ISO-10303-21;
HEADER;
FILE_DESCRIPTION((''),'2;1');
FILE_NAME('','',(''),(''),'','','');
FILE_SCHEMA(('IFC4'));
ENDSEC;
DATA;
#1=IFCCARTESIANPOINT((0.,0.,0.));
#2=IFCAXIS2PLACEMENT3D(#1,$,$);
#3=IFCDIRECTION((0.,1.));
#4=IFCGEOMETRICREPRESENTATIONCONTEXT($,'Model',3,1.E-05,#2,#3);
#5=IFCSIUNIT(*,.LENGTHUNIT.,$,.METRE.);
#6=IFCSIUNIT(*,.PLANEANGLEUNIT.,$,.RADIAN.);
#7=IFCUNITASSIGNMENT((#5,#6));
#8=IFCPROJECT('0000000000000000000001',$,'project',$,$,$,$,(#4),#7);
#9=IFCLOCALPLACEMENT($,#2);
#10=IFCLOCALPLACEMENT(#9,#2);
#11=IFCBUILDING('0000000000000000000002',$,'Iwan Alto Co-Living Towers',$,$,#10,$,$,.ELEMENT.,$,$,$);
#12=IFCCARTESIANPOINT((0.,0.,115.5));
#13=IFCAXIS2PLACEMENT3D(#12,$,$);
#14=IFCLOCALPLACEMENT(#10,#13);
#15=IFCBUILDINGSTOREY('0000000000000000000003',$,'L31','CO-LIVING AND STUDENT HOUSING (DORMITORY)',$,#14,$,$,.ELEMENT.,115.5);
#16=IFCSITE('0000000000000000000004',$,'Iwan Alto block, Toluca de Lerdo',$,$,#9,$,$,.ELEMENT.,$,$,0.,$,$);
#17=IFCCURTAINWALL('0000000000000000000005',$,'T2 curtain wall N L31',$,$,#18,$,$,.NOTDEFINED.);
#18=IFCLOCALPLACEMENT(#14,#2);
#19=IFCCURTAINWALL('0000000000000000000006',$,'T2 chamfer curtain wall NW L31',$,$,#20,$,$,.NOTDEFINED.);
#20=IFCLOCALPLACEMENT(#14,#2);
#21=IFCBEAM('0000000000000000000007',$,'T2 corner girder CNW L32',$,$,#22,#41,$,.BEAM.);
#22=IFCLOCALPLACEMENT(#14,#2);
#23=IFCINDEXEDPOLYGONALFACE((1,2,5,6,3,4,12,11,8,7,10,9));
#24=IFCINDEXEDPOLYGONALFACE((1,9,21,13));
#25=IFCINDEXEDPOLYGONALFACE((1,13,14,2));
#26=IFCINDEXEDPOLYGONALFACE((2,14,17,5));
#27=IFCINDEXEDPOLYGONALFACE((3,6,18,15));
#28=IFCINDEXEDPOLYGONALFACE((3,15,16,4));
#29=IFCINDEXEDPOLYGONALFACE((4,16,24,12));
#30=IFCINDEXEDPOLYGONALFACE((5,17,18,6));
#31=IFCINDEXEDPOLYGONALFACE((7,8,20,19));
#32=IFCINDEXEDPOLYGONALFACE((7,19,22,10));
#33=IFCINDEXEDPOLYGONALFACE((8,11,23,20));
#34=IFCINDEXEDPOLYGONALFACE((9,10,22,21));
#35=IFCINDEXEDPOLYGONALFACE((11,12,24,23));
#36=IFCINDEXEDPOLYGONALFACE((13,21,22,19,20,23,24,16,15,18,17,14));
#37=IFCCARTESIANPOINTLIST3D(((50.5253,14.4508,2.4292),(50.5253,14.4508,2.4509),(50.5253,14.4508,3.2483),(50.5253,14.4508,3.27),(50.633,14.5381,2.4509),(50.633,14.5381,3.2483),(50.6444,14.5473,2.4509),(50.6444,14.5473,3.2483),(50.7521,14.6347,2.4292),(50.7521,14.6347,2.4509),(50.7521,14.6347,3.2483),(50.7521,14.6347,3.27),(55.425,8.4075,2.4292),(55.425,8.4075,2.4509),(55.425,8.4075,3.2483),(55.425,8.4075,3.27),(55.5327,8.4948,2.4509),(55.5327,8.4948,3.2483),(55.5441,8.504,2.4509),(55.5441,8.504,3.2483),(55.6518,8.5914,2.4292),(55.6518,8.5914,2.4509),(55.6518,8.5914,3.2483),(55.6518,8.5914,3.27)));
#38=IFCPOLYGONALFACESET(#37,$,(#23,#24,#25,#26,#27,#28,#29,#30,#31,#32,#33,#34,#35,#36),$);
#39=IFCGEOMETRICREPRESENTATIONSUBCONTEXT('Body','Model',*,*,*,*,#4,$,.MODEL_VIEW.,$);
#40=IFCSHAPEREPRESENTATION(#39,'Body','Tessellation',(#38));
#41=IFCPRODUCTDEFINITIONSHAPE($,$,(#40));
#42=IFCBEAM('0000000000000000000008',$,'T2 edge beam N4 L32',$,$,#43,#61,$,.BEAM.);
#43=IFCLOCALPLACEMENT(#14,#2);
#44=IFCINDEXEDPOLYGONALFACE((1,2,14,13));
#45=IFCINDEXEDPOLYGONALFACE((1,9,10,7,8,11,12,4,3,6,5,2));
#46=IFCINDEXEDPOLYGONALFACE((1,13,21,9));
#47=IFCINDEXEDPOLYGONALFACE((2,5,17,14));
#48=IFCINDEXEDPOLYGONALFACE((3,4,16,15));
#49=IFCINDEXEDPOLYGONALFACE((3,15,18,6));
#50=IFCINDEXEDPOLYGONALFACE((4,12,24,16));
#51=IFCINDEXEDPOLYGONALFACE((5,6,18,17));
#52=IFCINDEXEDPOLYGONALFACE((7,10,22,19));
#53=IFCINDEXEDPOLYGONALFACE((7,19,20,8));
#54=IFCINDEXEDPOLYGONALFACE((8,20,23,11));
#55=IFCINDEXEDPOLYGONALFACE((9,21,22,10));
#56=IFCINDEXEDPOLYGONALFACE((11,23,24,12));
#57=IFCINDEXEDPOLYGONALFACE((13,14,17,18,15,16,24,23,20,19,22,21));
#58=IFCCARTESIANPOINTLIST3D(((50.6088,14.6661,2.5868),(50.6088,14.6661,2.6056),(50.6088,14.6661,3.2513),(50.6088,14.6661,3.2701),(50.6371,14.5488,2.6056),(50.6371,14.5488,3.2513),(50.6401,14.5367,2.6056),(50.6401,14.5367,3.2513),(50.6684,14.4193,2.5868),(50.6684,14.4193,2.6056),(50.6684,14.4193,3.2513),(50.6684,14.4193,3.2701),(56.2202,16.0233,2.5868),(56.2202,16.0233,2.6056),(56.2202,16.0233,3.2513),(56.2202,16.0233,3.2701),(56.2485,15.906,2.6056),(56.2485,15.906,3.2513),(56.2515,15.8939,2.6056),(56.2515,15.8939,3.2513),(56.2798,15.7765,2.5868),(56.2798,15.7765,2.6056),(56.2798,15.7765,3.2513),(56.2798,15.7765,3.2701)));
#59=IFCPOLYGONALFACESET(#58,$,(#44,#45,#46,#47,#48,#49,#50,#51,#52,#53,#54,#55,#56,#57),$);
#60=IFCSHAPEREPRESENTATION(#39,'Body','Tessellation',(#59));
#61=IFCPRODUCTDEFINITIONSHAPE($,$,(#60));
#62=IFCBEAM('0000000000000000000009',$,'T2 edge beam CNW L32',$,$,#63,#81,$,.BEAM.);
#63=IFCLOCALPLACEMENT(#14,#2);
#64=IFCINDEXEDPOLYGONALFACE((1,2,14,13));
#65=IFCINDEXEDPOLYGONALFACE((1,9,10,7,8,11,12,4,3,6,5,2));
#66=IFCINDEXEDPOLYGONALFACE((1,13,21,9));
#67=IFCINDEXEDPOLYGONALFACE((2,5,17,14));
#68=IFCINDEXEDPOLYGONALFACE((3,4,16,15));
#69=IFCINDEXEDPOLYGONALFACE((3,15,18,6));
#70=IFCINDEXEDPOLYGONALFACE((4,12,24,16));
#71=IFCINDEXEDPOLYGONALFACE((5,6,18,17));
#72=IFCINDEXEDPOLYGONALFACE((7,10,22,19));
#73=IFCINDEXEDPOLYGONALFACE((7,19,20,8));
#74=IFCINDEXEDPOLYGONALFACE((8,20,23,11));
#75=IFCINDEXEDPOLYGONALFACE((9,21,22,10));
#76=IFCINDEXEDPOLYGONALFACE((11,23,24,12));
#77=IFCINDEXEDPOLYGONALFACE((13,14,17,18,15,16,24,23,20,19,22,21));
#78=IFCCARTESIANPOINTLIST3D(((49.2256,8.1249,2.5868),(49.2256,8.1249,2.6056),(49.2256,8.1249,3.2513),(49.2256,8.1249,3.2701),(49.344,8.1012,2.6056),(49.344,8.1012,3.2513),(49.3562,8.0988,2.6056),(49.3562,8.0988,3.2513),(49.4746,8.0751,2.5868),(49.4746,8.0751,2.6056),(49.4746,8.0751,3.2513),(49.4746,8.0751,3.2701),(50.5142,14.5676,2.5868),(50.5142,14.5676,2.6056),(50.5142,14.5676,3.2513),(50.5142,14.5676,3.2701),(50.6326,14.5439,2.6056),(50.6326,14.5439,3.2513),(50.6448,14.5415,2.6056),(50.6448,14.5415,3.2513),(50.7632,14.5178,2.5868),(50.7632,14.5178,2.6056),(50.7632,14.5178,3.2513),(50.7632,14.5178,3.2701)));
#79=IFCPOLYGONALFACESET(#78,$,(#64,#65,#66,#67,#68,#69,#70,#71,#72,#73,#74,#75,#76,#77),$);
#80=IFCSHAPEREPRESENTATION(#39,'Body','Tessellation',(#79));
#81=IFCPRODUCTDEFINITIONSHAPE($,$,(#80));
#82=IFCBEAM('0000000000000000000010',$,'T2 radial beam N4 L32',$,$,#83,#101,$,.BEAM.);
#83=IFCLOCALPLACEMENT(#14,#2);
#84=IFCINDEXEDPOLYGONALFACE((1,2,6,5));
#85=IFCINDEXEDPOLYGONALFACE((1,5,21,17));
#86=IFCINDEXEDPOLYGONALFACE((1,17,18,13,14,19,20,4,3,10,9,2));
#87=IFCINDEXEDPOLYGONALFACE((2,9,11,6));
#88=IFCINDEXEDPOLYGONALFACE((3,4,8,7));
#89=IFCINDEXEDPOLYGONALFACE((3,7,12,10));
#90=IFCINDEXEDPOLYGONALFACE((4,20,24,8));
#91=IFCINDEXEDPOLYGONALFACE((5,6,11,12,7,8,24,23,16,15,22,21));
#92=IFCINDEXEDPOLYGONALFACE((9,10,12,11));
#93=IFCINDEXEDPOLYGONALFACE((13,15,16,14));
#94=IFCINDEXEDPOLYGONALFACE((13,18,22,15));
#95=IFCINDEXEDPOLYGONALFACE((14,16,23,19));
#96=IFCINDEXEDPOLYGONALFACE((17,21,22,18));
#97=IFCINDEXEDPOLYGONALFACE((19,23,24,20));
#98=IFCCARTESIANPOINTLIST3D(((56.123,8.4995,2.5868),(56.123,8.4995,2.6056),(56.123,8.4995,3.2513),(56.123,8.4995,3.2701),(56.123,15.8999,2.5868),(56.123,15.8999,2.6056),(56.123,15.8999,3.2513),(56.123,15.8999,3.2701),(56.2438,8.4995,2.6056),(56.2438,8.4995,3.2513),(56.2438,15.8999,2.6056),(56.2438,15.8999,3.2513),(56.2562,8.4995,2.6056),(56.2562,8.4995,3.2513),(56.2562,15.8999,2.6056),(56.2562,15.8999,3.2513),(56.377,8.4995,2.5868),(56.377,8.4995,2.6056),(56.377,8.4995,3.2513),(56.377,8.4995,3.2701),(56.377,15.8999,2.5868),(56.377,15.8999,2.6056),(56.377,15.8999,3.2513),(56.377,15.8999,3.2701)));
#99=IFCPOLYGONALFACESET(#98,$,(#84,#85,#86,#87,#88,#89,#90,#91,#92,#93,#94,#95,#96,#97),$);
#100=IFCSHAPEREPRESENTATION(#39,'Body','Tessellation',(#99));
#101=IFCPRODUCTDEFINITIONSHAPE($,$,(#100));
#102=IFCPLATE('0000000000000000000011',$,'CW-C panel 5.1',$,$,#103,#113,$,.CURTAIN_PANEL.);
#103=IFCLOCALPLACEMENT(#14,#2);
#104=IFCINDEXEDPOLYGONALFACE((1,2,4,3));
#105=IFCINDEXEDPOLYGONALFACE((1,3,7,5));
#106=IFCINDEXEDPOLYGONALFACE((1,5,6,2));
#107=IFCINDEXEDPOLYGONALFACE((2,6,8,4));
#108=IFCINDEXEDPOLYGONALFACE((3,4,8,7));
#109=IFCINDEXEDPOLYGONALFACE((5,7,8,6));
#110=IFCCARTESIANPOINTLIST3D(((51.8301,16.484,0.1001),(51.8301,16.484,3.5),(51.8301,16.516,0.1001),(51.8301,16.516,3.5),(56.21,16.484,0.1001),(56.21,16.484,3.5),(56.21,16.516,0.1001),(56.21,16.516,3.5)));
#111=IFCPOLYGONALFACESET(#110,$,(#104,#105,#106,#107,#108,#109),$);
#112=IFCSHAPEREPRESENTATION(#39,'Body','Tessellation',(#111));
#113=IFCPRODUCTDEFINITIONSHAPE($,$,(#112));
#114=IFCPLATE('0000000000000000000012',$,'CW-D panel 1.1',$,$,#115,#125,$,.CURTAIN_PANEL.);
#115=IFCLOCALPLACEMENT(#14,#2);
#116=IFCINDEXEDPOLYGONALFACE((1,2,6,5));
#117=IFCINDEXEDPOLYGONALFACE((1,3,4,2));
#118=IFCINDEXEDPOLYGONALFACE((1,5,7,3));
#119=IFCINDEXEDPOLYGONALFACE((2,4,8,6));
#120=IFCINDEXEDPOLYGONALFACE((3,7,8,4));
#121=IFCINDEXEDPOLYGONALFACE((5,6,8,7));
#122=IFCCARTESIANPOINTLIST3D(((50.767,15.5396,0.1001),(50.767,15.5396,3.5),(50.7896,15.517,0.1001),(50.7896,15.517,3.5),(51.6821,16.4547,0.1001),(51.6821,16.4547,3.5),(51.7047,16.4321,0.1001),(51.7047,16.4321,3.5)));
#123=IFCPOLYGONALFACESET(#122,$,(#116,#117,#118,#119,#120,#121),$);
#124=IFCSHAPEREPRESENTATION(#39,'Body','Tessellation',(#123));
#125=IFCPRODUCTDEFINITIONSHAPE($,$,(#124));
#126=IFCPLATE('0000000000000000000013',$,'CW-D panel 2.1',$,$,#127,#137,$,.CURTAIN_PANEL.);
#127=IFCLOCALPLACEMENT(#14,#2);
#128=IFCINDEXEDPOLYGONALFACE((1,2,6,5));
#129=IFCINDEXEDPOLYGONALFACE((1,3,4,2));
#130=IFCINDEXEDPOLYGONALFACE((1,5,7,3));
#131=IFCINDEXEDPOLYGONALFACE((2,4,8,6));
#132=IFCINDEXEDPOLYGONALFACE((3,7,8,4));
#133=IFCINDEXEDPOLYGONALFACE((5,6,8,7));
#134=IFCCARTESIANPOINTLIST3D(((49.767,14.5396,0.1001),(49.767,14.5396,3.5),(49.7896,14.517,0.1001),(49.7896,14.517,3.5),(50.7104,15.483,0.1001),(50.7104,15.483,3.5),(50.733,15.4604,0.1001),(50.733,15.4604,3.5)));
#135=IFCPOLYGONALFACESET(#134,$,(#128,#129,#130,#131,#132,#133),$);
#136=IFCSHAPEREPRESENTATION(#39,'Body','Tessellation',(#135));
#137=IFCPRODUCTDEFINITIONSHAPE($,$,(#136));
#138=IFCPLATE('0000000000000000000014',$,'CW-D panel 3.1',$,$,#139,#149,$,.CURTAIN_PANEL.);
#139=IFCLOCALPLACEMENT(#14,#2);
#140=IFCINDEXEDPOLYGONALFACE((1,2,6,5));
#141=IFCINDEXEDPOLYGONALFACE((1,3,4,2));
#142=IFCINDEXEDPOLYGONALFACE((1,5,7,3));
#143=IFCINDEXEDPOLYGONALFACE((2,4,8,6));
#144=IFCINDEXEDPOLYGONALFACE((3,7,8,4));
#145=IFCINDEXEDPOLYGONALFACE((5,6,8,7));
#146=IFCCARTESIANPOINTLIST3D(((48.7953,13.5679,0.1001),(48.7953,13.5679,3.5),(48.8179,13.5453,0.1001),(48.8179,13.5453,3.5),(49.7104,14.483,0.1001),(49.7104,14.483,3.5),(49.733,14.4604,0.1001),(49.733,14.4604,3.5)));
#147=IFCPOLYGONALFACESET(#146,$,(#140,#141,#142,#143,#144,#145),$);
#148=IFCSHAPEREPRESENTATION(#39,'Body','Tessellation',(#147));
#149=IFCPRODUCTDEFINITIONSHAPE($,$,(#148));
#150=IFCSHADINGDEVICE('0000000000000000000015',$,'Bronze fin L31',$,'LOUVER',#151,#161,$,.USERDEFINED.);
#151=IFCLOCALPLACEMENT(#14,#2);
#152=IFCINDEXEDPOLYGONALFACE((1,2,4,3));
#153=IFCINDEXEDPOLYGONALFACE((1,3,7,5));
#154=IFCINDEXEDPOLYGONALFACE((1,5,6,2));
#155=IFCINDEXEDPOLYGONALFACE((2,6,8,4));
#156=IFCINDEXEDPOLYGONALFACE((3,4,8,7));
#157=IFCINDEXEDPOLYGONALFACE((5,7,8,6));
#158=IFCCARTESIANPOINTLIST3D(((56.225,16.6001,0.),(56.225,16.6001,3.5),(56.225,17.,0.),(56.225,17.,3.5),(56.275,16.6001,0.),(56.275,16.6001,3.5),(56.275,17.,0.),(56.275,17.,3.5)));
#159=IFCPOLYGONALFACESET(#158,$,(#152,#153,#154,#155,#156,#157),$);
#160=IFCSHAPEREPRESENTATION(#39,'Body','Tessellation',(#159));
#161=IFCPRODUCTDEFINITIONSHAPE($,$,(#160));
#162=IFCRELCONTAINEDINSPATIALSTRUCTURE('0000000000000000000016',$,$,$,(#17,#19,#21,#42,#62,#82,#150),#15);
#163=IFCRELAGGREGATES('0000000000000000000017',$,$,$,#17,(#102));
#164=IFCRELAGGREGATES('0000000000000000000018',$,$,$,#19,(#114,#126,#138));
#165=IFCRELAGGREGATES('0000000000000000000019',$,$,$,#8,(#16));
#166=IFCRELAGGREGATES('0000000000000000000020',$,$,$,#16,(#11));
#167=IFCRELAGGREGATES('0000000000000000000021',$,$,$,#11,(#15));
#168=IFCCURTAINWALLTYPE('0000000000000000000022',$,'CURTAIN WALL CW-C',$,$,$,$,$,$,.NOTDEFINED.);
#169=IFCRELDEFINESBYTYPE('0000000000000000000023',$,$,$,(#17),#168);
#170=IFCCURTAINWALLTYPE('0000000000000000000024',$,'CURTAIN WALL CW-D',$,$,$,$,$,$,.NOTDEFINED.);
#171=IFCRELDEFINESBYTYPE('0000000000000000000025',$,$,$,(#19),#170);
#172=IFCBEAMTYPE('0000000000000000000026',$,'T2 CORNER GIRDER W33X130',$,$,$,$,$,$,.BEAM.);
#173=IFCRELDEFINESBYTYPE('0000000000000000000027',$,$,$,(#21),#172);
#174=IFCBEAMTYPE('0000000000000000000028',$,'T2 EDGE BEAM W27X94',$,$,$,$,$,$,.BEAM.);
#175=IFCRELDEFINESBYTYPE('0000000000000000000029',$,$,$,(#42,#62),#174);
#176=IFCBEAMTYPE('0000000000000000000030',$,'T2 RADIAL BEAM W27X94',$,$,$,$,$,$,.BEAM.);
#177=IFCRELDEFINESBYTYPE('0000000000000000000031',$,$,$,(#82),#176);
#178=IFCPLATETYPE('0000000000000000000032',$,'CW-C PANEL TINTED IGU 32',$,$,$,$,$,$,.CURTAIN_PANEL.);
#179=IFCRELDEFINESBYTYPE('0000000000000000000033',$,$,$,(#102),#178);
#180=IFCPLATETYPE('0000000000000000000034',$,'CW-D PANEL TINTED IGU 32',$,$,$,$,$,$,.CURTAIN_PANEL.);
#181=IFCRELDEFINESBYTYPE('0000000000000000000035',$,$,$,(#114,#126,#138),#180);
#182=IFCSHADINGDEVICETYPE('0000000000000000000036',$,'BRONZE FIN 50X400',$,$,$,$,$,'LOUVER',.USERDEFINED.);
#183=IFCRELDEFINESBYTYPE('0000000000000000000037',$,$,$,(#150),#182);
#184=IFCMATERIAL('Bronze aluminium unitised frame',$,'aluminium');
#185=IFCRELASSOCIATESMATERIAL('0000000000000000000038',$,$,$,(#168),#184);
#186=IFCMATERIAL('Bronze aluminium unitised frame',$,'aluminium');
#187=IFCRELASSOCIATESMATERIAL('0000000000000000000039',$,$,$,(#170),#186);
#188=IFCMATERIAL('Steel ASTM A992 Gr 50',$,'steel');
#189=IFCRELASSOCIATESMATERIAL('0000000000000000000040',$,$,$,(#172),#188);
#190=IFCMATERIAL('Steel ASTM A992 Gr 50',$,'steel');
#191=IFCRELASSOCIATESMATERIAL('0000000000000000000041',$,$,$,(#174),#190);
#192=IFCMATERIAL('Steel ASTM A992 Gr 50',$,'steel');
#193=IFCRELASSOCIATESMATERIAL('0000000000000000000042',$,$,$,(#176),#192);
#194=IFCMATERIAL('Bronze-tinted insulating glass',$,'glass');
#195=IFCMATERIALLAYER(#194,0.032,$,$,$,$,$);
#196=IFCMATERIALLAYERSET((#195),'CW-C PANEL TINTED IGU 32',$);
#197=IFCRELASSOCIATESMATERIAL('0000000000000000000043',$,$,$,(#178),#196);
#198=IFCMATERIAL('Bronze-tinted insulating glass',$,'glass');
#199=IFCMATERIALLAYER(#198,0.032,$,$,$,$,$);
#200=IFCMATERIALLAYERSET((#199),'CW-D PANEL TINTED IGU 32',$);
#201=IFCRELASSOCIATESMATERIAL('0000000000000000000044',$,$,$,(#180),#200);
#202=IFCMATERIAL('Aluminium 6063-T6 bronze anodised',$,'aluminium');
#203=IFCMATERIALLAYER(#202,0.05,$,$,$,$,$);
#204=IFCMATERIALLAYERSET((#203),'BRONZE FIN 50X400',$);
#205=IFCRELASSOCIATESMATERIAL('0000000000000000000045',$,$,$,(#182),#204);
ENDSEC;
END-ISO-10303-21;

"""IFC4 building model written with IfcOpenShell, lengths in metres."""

from ifc_helpers import new_model, si_unit, direction, frame, origin, origin_2d, place, context, subcontext, project, spatial, rectangle, i_section, extrude, material, layer, layer_set, material_profile, profile_set, type_object, element, aggregate, save


model = new_model("IFC4")

# Units and contexts
model_context = context("Model", 3, precision=1e-05, world=origin(), true_north=direction((0.0, 1.0)))
body_context = subcontext(model_context, "Body", "Model", "MODEL_VIEW")
ifc_project = project(units=[si_unit("LENGTHUNIT", "METRE"), si_unit("PLANEANGLEUNIT", "RADIAN")], contexts=[model_context])

# Site, building, storey
site_placement = place(None, origin())
site = spatial("IfcSite", under=ifc_project, at=site_placement, Name="Iwan Alto block, Toluca de Lerdo", CompositionType="ELEMENT", RefElevation=0.0)
building_placement = place(site_placement, origin())
building = spatial("IfcBuilding", under=site, at=building_placement, Name="Iwan Alto Co-Living Towers", CompositionType="ELEMENT")
storey_placement = place(building_placement, frame((0.0, 0.0, 115.5)))
storey = spatial("IfcBuildingStorey", under=building, at=storey_placement, Name="L31", Description="CO-LIVING AND STUDENT HOUSING (DORMITORY)", CompositionType="ELEMENT", Elevation=115.5)

# Curtain walls
ifc_material_1 = material(Name="Bronze aluminium unitised frame", Category="aluminium")
curtain_wall_type_1 = type_object("IfcCurtainWallType", Name="CURTAIN WALL CW-C", PredefinedType="NOTDEFINED", material=ifc_material_1)
curtain_wall_1_placement = place(storey_placement, origin())
curtain_wall_1 = element("IfcCurtainWall", 1, at=curtain_wall_1_placement, inside=storey, type_object=curtain_wall_type_1, Name="T2 curtain wall N L31", PredefinedType="NOTDEFINED")
ifc_material_2 = material(Name="Bronze aluminium unitised frame", Category="aluminium")
curtain_wall_type_2 = type_object("IfcCurtainWallType", Name="CURTAIN WALL CW-D", PredefinedType="NOTDEFINED", material=ifc_material_2)
curtain_wall_2_placement = place(storey_placement, origin())
curtain_wall_2 = element("IfcCurtainWall", 2, at=curtain_wall_2_placement, inside=storey, type_object=curtain_wall_type_2, Name="T2 chamfer curtain wall NW L31", PredefinedType="NOTDEFINED")

# Beams
ifc_material_3 = material(Name="Steel ASTM A992 Gr 50", Category="steel")
ifc_material_profile_1 = material_profile(ifc_material_3, i_section(OverallWidth=0.292, OverallDepth=0.8408, WebThickness=0.0146, FlangeThickness=0.0217, at=origin_2d()), Name="W33X130")
ifc_profile_set_1 = profile_set([ifc_material_profile_1], Name="Steel ASTM A992 Gr 50")
beam_type_1 = type_object("IfcBeamType", Name="T2 CORNER GIRDER W33X130", PredefinedType="BEAM", material=ifc_profile_set_1)
beam_1_placement = place(storey_placement, frame((50.6387, 14.5427, 2.8496), z_axis=(0.629783, -0.776771, 0.0), x_axis=(0.776771, 0.629783, 0.0)))
element("IfcBeam", 3, at=beam_1_placement, inside=storey, type_object=beam_type_1, Name="T2 corner girder CNW L32", PredefinedType="BEAM", context=body_context, shape_type="SweptSolid", body=[
    extrude(i_section(OverallWidth=0.292, OverallDepth=0.8408, WebThickness=0.0146, FlangeThickness=0.0217, at=origin_2d()), origin(), (0.0, 0.0, 1.0), 7.78),
])
ifc_material_4 = material(Name="Steel ASTM A992 Gr 50", Category="steel")
ifc_material_profile_2 = material_profile(ifc_material_4, i_section(OverallWidth=0.2539, OverallDepth=0.6833, WebThickness=0.0125, FlangeThickness=0.0188, at=origin_2d()), Name="W27X94")
ifc_profile_set_2 = profile_set([ifc_material_profile_2], Name="Steel ASTM A992 Gr 50")
beam_type_2 = type_object("IfcBeamType", Name="T2 EDGE BEAM W27X94", PredefinedType="BEAM", material=ifc_profile_set_2)
beam_2_placement = place(storey_placement, frame((56.25, 15.8999, 2.9285), z_axis=(-0.971975, -0.235086, 0.0), x_axis=(0.235086, -0.971975, 0.0)))
element("IfcBeam", 4, at=beam_2_placement, inside=storey, type_object=beam_type_2, Name="T2 edge beam N4 L32", PredefinedType="BEAM", context=body_context, shape_type="SweptSolid", body=[
    extrude(i_section(OverallWidth=0.2539, OverallDepth=0.6833, WebThickness=0.0125, FlangeThickness=0.0188, at=origin_2d()), origin(), (0.0, 0.0, 1.0), 5.7732),
])
beam_3_placement = place(storey_placement, frame((50.6387, 14.5427, 2.9285), z_axis=(-0.196123, -0.980579, 0.0), x_axis=(0.980579, -0.196123, 0.0)))
element("IfcBeam", 5, at=beam_3_placement, inside=storey, type_object=beam_type_2, Name="T2 edge beam CNW L32", PredefinedType="BEAM", context=body_context, shape_type="SweptSolid", body=[
    extrude(i_section(OverallWidth=0.2539, OverallDepth=0.6833, WebThickness=0.0125, FlangeThickness=0.0188, at=origin_2d()), origin(), (0.0, 0.0, 1.0), 6.5703),
])
ifc_material_5 = material(Name="Steel ASTM A992 Gr 50", Category="steel")
ifc_material_profile_3 = material_profile(ifc_material_5, i_section(OverallWidth=0.2539, OverallDepth=0.6833, WebThickness=0.0125, FlangeThickness=0.0188, at=origin_2d()), Name="W27X94")
ifc_profile_set_3 = profile_set([ifc_material_profile_3], Name="Steel ASTM A992 Gr 50")
beam_type_3 = type_object("IfcBeamType", Name="T2 RADIAL BEAM W27X94", PredefinedType="BEAM", material=ifc_profile_set_3)
beam_4_placement = place(storey_placement, frame((56.25, 15.8999, 2.9285), z_axis=(0.0, -1.0, 0.0), x_axis=(1.0, 0.0, 0.0)))
element("IfcBeam", 6, at=beam_4_placement, inside=storey, type_object=beam_type_3, Name="T2 radial beam N4 L32", PredefinedType="BEAM", context=body_context, shape_type="SweptSolid", body=[
    extrude(i_section(OverallWidth=0.2539, OverallDepth=0.6833, WebThickness=0.0125, FlangeThickness=0.0188, at=origin_2d()), origin(), (0.0, 0.0, 1.0), 7.4004),
])

# Plates
ifc_material_6 = material(Name="Bronze-tinted insulating glass", Category="glass")
ifc_layer_1 = layer(ifc_material_6, 0.032)
ifc_layer_set_1 = layer_set([ifc_layer_1], Name="CW-C PANEL TINTED IGU 32")
plate_type_1 = type_object("IfcPlateType", Name="CW-C PANEL TINTED IGU 32", PredefinedType="CURTAIN_PANEL", material=ifc_layer_set_1)
plate_1_placement = place(storey_placement, frame((54.02, 16.5, 0.1001), z_axis=(0.0, 0.0, 1.0), x_axis=(-1.0, 0.0, 0.0)))
plate_1 = element("IfcPlate", 7, at=plate_1_placement, type_object=plate_type_1, Name="CW-C panel 5.1", PredefinedType="CURTAIN_PANEL", context=body_context, shape_type="SweptSolid", body=[
    extrude(rectangle(XDim=4.3799, YDim=0.032, at=origin_2d()), origin(), (0.0, 0.0, 1.0), 3.3999),
])
aggregate(curtain_wall_1, [plate_1])
ifc_material_7 = material(Name="Bronze-tinted insulating glass", Category="glass")
ifc_layer_2 = layer(ifc_material_7, 0.032)
ifc_layer_set_2 = layer_set([ifc_layer_2], Name="CW-D PANEL TINTED IGU 32")
plate_type_2 = type_object("IfcPlateType", Name="CW-D PANEL TINTED IGU 32", PredefinedType="CURTAIN_PANEL", material=ifc_layer_set_2)
plate_2_placement = place(storey_placement, frame((51.2358, 15.9858, 0.1001), z_axis=(0.0, 0.0, 1.0), x_axis=(-0.707107, -0.707107, 0.0)))
plate_2 = element("IfcPlate", 8, at=plate_2_placement, type_object=plate_type_2, Name="CW-D panel 1.1", PredefinedType="CURTAIN_PANEL", context=body_context, shape_type="SweptSolid", body=[
    extrude(rectangle(XDim=1.2942, YDim=0.032, at=origin_2d()), origin(), (0.0, 0.0, 1.0), 3.3999),
])
plate_3_placement = place(storey_placement, frame((50.25, 15.0, 0.1001), z_axis=(0.0, 0.0, 1.0), x_axis=(-0.707107, -0.707107, 0.0)))
plate_3 = element("IfcPlate", 9, at=plate_3_placement, type_object=plate_type_2, Name="CW-D panel 2.1", PredefinedType="CURTAIN_PANEL", context=body_context, shape_type="SweptSolid", body=[
    extrude(rectangle(XDim=1.3342, YDim=0.032, at=origin_2d()), origin(), (0.0, 0.0, 1.0), 3.3999),
])
plate_4_placement = place(storey_placement, frame((49.2642, 14.0142, 0.1001), z_axis=(0.0, 0.0, 1.0), x_axis=(-0.707107, -0.707107, 0.0)))
plate_4 = element("IfcPlate", 10, at=plate_4_placement, type_object=plate_type_2, Name="CW-D panel 3.1", PredefinedType="CURTAIN_PANEL", context=body_context, shape_type="SweptSolid", body=[
    extrude(rectangle(XDim=1.2942, YDim=0.032, at=origin_2d()), origin(), (0.0, 0.0, 1.0), 3.3999),
])
aggregate(curtain_wall_2, [plate_2, plate_3, plate_4])

# Shading device
ifc_material_8 = material(Name="Aluminium 6063-T6 bronze anodised", Category="aluminium")
ifc_layer_3 = layer(ifc_material_8, 0.05)
ifc_layer_set_3 = layer_set([ifc_layer_3], Name="BRONZE FIN 50X400")
shading_device_type = type_object("IfcShadingDeviceType", Name="BRONZE FIN 50X400", ElementType="LOUVER", PredefinedType="USERDEFINED", material=ifc_layer_set_3)
shading_device_placement = place(storey_placement, frame((56.25, 16.8, 0.0), z_axis=(0.0, 0.0, 1.0), x_axis=(-1.0, 0.0, 0.0)))
element("IfcShadingDevice", 11, at=shading_device_placement, inside=storey, type_object=shading_device_type, Name="Bronze fin L31", ObjectType="LOUVER", PredefinedType="USERDEFINED", context=body_context, shape_type="SweptSolid", body=[
    extrude(rectangle(XDim=0.05, YDim=0.3999, at=origin_2d()), origin(), (0.0, 0.0, 1.0), 3.5),
])

save(model, "model.ifc")
